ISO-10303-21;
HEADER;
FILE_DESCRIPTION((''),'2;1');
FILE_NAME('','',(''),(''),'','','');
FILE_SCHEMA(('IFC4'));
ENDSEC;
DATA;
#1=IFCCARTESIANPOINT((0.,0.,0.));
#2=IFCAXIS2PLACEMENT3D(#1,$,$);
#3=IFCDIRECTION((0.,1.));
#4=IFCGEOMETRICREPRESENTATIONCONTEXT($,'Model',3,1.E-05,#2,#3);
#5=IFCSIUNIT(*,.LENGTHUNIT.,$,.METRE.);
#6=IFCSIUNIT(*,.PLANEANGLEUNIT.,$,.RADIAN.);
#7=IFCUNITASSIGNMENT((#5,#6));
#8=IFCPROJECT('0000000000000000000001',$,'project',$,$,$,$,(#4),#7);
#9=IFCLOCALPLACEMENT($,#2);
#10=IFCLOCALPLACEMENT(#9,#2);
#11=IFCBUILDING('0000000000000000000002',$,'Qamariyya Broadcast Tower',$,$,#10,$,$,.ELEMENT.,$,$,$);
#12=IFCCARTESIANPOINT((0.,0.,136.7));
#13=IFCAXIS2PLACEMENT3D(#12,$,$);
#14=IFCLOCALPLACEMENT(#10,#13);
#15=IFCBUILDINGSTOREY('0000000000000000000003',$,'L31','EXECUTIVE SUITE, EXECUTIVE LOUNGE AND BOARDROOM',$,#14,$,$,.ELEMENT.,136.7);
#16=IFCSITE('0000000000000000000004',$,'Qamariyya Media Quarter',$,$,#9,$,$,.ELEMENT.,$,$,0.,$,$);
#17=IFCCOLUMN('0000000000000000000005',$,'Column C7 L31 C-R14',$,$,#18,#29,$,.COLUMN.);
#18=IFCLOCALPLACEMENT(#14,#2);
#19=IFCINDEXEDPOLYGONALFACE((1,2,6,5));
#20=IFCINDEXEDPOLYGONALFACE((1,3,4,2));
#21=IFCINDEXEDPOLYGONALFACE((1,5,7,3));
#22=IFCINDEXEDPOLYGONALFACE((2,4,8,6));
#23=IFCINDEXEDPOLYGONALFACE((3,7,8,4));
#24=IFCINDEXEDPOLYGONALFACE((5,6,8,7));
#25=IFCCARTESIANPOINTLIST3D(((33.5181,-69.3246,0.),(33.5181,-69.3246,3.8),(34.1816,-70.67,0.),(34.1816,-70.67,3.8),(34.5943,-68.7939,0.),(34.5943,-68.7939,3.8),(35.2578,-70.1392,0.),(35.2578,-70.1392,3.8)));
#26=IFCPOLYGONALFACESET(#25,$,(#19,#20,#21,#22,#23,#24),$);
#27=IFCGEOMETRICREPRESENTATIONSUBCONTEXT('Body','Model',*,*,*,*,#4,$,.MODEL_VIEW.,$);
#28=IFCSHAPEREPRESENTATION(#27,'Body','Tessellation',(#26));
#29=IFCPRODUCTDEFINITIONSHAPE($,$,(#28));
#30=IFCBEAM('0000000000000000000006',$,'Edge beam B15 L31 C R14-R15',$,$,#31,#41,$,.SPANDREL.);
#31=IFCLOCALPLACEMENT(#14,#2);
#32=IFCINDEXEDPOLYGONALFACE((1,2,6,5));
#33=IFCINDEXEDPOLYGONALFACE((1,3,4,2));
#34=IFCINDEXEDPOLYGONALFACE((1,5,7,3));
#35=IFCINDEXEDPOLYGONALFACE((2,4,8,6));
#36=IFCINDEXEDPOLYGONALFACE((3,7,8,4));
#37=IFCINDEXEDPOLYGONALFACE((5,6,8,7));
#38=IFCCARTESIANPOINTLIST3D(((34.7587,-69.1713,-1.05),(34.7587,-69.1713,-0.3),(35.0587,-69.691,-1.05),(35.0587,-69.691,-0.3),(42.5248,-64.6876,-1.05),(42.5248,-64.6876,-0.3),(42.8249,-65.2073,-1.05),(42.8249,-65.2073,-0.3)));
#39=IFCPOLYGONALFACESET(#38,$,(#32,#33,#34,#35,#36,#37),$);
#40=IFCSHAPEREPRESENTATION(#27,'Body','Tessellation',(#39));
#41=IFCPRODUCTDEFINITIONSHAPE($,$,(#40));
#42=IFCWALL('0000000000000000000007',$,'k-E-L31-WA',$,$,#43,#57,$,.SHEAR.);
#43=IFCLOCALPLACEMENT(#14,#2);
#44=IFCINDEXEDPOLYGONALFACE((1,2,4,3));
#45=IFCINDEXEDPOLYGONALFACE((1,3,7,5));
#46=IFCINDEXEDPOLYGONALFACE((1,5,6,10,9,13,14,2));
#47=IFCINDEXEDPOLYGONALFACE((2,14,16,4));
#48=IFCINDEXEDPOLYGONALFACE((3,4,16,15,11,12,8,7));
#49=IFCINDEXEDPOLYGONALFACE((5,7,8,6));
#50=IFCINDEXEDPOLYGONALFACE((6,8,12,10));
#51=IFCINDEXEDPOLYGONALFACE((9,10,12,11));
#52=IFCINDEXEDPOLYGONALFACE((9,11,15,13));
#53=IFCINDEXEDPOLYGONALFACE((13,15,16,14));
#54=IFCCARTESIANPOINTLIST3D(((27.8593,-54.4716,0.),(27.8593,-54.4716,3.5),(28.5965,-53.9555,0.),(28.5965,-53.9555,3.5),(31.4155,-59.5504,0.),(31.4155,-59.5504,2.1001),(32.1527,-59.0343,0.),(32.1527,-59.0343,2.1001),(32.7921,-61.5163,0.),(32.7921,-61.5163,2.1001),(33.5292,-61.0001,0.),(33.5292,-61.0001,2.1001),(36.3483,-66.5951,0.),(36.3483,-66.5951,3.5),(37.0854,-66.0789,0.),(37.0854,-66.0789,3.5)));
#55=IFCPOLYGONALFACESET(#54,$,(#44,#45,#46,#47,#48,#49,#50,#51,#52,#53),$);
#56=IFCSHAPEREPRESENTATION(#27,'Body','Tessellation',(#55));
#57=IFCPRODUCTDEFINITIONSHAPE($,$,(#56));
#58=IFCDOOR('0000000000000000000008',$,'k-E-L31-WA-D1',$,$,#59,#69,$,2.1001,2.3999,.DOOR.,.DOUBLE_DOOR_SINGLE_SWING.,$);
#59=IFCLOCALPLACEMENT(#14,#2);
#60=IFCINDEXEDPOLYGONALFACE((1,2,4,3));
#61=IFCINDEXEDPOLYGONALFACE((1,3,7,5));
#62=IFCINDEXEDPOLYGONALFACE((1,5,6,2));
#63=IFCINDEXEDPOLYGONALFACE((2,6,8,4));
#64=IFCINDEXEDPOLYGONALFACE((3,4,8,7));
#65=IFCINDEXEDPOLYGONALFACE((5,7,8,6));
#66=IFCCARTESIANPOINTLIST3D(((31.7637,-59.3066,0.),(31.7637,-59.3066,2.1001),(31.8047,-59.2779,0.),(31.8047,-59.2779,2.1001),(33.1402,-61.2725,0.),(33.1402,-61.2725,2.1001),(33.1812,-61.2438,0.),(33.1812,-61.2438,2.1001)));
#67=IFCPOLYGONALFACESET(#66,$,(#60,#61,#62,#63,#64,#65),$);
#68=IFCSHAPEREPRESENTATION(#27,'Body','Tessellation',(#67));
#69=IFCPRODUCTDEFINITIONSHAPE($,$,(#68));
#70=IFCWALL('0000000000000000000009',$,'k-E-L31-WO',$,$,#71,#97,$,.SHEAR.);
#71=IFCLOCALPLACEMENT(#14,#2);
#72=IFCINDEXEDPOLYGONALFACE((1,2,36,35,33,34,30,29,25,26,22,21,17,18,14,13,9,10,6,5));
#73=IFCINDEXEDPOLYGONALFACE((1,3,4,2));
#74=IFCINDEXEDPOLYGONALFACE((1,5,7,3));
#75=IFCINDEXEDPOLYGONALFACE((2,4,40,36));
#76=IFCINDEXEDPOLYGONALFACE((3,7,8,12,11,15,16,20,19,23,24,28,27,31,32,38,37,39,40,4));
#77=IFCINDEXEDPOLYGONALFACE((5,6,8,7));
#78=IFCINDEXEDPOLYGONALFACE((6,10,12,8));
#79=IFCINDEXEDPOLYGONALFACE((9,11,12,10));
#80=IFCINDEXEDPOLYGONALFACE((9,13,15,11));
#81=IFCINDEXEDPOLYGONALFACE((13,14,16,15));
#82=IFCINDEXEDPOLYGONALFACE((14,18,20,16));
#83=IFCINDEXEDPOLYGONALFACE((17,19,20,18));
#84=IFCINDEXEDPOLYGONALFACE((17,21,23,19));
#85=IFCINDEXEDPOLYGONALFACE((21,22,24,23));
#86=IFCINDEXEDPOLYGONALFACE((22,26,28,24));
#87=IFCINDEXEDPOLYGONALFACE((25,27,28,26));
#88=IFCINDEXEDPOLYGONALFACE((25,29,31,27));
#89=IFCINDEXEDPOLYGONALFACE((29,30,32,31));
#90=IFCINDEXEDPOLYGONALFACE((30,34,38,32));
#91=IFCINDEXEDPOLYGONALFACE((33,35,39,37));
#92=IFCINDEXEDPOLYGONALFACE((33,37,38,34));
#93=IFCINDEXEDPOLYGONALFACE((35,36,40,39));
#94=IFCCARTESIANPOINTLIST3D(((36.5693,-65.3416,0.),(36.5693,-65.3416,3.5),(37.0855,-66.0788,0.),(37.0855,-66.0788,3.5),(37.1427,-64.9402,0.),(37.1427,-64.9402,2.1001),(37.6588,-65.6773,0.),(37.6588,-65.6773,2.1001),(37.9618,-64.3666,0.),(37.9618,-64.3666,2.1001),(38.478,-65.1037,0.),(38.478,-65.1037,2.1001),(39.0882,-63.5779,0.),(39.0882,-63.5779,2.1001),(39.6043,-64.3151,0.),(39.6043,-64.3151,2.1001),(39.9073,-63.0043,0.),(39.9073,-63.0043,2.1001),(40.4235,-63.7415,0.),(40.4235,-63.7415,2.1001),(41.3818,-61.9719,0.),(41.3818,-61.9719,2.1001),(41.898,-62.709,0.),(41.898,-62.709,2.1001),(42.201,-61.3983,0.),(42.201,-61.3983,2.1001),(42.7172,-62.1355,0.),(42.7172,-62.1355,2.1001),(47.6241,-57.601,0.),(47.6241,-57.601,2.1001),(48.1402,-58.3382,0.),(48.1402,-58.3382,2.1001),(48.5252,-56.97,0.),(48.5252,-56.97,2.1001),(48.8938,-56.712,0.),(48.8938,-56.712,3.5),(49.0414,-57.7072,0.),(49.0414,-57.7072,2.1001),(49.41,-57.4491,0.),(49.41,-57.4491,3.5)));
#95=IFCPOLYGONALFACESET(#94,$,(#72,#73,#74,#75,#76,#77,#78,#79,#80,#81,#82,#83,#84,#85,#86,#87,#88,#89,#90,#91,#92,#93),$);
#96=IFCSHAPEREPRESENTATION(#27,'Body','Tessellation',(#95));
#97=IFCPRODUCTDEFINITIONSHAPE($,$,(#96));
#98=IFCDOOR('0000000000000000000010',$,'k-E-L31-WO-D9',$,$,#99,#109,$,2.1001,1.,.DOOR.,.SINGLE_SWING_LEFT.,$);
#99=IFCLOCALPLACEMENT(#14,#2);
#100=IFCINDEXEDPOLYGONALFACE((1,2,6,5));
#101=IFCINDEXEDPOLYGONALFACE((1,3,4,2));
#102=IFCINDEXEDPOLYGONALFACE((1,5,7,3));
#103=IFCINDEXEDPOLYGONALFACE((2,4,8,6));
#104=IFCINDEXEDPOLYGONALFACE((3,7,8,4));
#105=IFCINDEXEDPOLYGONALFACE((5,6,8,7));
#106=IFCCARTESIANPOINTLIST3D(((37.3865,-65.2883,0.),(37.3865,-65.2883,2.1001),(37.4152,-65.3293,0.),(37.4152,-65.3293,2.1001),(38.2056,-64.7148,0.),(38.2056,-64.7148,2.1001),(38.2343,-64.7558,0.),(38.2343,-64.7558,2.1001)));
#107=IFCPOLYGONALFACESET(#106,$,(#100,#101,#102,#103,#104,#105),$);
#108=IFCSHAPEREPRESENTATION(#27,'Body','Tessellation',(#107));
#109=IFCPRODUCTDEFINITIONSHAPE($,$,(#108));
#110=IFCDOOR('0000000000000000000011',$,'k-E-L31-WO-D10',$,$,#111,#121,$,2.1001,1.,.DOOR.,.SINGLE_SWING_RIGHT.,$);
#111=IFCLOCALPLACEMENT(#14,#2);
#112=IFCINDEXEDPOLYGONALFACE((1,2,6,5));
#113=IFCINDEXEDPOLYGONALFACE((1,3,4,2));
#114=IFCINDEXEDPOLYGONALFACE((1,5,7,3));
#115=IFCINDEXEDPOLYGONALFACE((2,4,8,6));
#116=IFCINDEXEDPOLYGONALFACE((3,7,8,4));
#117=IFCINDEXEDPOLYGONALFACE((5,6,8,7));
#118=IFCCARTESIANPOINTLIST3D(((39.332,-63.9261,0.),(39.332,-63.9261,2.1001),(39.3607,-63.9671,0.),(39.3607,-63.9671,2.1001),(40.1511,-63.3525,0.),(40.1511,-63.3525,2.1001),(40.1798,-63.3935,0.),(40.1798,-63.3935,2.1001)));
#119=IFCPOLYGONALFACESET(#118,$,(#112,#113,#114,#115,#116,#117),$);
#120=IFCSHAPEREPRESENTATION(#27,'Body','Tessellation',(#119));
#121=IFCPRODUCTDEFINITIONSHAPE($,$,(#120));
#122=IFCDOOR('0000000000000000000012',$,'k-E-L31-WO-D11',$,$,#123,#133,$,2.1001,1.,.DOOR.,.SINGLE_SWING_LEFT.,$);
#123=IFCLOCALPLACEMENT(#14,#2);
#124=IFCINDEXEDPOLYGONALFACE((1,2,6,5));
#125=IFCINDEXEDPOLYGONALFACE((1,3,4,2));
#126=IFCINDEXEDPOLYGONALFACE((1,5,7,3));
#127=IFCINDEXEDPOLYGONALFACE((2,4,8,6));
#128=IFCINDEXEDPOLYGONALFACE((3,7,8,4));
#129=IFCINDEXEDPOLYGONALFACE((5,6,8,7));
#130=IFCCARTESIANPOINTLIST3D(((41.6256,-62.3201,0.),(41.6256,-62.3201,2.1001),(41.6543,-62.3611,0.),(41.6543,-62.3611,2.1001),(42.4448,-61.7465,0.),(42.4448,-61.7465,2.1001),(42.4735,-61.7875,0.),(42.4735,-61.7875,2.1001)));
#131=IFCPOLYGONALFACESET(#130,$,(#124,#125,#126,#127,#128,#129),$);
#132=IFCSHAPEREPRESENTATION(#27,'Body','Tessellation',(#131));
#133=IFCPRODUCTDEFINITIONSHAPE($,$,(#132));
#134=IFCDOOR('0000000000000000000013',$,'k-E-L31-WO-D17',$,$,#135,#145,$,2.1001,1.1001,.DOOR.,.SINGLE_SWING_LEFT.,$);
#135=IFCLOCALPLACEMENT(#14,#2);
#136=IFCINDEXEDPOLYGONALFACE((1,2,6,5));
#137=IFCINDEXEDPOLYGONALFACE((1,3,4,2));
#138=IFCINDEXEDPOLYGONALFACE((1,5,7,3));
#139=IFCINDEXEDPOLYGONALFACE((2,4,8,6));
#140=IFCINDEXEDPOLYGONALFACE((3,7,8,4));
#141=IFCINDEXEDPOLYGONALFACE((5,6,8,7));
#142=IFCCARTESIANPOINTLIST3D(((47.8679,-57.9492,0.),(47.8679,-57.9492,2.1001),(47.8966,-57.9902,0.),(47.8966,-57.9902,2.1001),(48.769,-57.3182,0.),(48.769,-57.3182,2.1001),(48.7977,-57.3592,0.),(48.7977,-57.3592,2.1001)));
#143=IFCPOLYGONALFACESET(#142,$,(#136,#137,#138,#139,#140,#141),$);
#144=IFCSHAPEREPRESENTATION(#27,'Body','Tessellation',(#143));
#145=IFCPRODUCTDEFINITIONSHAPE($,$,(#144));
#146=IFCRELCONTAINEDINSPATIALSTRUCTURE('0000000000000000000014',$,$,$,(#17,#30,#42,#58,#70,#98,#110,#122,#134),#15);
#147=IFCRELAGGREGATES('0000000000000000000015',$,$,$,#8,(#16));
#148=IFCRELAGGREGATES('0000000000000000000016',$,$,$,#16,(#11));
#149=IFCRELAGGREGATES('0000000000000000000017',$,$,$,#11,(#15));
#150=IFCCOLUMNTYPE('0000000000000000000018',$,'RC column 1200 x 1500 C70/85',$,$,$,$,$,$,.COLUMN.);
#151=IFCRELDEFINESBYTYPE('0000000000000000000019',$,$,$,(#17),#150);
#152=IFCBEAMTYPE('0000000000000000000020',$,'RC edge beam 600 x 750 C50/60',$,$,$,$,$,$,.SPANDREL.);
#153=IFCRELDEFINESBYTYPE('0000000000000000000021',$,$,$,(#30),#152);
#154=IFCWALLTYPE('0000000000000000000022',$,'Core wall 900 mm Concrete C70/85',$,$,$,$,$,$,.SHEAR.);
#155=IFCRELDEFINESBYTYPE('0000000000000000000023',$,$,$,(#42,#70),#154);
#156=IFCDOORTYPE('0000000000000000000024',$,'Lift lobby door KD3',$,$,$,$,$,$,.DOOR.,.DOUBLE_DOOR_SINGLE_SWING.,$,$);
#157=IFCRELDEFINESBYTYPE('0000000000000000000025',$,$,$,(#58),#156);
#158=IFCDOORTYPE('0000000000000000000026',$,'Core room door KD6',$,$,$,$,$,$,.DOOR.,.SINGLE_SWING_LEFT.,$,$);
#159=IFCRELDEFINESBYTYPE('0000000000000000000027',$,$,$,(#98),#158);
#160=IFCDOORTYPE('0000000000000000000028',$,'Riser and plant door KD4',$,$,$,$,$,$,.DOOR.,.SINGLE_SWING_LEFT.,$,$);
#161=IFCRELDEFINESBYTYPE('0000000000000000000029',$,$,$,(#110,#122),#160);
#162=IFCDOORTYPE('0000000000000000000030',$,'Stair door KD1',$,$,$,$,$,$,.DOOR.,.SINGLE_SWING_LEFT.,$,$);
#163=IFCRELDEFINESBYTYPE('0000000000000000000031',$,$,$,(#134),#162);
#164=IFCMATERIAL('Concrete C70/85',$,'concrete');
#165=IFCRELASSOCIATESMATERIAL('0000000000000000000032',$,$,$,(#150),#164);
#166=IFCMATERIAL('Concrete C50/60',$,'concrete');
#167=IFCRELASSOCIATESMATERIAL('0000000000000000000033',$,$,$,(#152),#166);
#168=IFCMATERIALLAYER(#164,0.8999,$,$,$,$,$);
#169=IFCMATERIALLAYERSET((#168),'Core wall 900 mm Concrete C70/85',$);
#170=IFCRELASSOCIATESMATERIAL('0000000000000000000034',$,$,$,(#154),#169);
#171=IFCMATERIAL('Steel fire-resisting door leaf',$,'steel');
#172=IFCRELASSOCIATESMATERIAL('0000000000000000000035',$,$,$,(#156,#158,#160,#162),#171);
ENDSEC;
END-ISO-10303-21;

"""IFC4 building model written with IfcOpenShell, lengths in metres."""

from ifc_helpers import new_model, si_unit, direction, frame, frame_2d, origin, origin_2d, place, context, subcontext, project, spatial, rectangle, extrude, material, layer, layer_set, material_profile, profile_set, type_object, element, fill, save


model = new_model("IFC4")

# Units and contexts
model_context = context("Model", 3, precision=1e-05, world=origin(), true_north=direction((0.0, 1.0)))
body_context = subcontext(model_context, "Body", "Model", "MODEL_VIEW")
ifc_project = project(units=[si_unit("LENGTHUNIT", "METRE"), si_unit("PLANEANGLEUNIT", "RADIAN")], contexts=[model_context])

# Site, building, storey
site_placement = place(None, origin())
site = spatial("IfcSite", under=ifc_project, at=site_placement, Name="Qamariyya Media Quarter", CompositionType="ELEMENT", RefElevation=0.0)
building_placement = place(site_placement, origin())
building = spatial("IfcBuilding", under=site, at=building_placement, Name="Qamariyya Broadcast Tower", CompositionType="ELEMENT")
storey_placement = place(building_placement, frame((0.0, 0.0, 136.7)))
storey = spatial("IfcBuildingStorey", under=building, at=storey_placement, Name="L31", Description="EXECUTIVE SUITE, EXECUTIVE LOUNGE AND BOARDROOM", CompositionType="ELEMENT", Elevation=136.7)

# Column
ifc_material_1 = material(Name="Concrete C70/85", Category="concrete")
ifc_material_profile_1 = material_profile(ifc_material_1, rectangle(XDim=1.2, YDim=1.5, at=origin_2d()))
ifc_profile_set_1 = profile_set([ifc_material_profile_1], Name="Concrete C70/85")
column_type = type_object("IfcColumnType", Name="RC column 1200 x 1500 C70/85", PredefinedType="COLUMN", material=ifc_profile_set_1)
column_placement = place(storey_placement, frame((34.3879, -69.7319, 0.0), z_axis=(0.0, 0.0, 1.0), x_axis=(0.896873, 0.442289, 0.0)))
element("IfcColumn", 1, at=column_placement, inside=storey, type_object=column_type, Name="Column C7 L31 C-R14", PredefinedType="COLUMN", context=body_context, shape_type="SweptSolid", body=[
    extrude(rectangle(XDim=1.2, YDim=1.5, at=origin_2d()), origin(), (0.0, 0.0, 1.0), 3.8),
])

# Beam
ifc_material_2 = material(Name="Concrete C50/60", Category="concrete")
ifc_material_profile_2 = material_profile(ifc_material_2, rectangle(XDim=0.6001, YDim=0.75, at=origin_2d()))
ifc_profile_set_2 = profile_set([ifc_material_profile_2], Name="Concrete C50/60")
beam_type = type_object("IfcBeamType", Name="RC edge beam 600 x 750 C50/60", PredefinedType="SPANDREL", material=ifc_profile_set_2)
beam_placement = place(storey_placement, frame((34.9087, -69.4312, -0.675), z_axis=(0.866031, 0.49999, 0.0), x_axis=(-0.49999, 0.866031, 0.0)))
element("IfcBeam", 2, at=beam_placement, inside=storey, type_object=beam_type, Name="Edge beam B15 L31 C R14-R15", PredefinedType="SPANDREL", context=body_context, shape_type="SweptSolid", body=[
    extrude(rectangle(XDim=0.6001, YDim=0.75, at=origin_2d()), origin(), (0.0, 0.0, 1.0), 8.9675),
])

# Wall, opening, door
ifc_layer_1 = layer(ifc_material_1, 0.8999)
ifc_layer_set_1 = layer_set([ifc_layer_1], Name="Core wall 900 mm Concrete C70/85")
wall_type_1 = type_object("IfcWallType", Name="Core wall 900 mm Concrete C70/85", PredefinedType="SHEAR", material=ifc_layer_set_1)
wall_1_placement = place(storey_placement, frame((36.7168, -66.3369, 0.0), z_axis=(0.0, 0.0, 1.0), x_axis=(-0.573577, 0.819151, 0.0)))
wall_1 = element("IfcWall", 3, at=wall_1_placement, inside=storey, type_object=wall_type_1, Name="k-E-L31-WA", PredefinedType="SHEAR", context=body_context, shape_type="SweptSolid", body=[
    extrude(rectangle(XDim=14.8, YDim=0.8999, at=frame_2d((7.3999, 0.0))), origin(), (0.0, 0.0, 1.0), 3.5),
])
opening_1_placement = place(wall_1_placement, frame((6.2, 0.0, 0.0)))
opening_1 = element("IfcOpeningElement", 4, at=opening_1_placement, cuts=wall_1, PredefinedType="OPENING", context=body_context, shape_type="SweptSolid", body=[
    extrude(rectangle(XDim=2.3999, YDim=2.1001, at=frame_2d((1.2, 1.05))), frame((0.0, 0.46, 0.0), z_axis=(0.0, -1.0, 0.0), x_axis=(1.0, 0.0, 0.0)), (0.0, 0.0, 1.0), 0.9199),
])
ifc_material_3 = material(Name="Steel fire-resisting door leaf", Category="steel")
door_type_1 = type_object("IfcDoorType", Name="Lift lobby door KD3", OperationType="DOUBLE_DOOR_SINGLE_SWING", PredefinedType="DOOR", material=ifc_material_3)
door_1_placement = place(opening_1_placement, origin())
door_1 = element("IfcDoor", 5, at=door_1_placement, inside=storey, type_object=door_type_1, Name="k-E-L31-WA-D1", OperationType="DOUBLE_DOOR_SINGLE_SWING", OverallHeight=2.1001, OverallWidth=2.3999, PredefinedType="DOOR", context=body_context, shape_type="SweptSolid", body=[
    extrude(rectangle(XDim=2.3999, YDim=2.1001, at=frame_2d((1.2, 1.05))), frame((0.0, 0.0249, 0.0), z_axis=(0.0, -1.0, 0.0), x_axis=(1.0, 0.0, 0.0)), (0.0, 0.0, 1.0), 0.05),
])
fill(opening_1, door_1)

# Wall, openings, doors
wall_2_placement = place(storey_placement, frame((36.8274, -65.7102, 0.0), z_axis=(0.0, 0.0, 1.0), x_axis=(0.819153, 0.573575, 0.0)))
wall_2 = element("IfcWall", 6, at=wall_2_placement, inside=storey, type_object=wall_type_1, Name="k-E-L31-WO", PredefinedType="SHEAR", context=body_context, shape_type="SweptSolid", body=[
    extrude(rectangle(XDim=15.0454, YDim=0.8999, at=frame_2d((7.5227, 0.0))), origin(), (0.0, 0.0, 1.0), 3.5),
])
opening_2_placement = place(wall_2_placement, frame((0.7, 0.0, 0.0)))
opening_2 = element("IfcOpeningElement", 7, at=opening_2_placement, cuts=wall_2, PredefinedType="OPENING", context=body_context, shape_type="SweptSolid", body=[
    extrude(rectangle(XDim=1.0, YDim=2.1001, at=frame_2d((0.5, 1.05))), frame((0.0, 0.46, 0.0), z_axis=(0.0, -1.0, 0.0), x_axis=(1.0, 0.0, 0.0)), (0.0, 0.0, 1.0), 0.9199),
])
opening_3_placement = place(wall_2_placement, frame((3.075, 0.0, 0.0)))
opening_3 = element("IfcOpeningElement", 8, at=opening_3_placement, cuts=wall_2, PredefinedType="OPENING", context=body_context, shape_type="SweptSolid", body=[
    extrude(rectangle(XDim=1.0, YDim=2.1001, at=frame_2d((0.5, 1.05))), frame((0.0, 0.46, 0.0), z_axis=(0.0, -1.0, 0.0), x_axis=(1.0, 0.0, 0.0)), (0.0, 0.0, 1.0), 0.9199),
])
opening_4_placement = place(wall_2_placement, frame((5.875, 0.0, 0.0)))
opening_4 = element("IfcOpeningElement", 9, at=opening_4_placement, cuts=wall_2, PredefinedType="OPENING", context=body_context, shape_type="SweptSolid", body=[
    extrude(rectangle(XDim=1.0, YDim=2.1001, at=frame_2d((0.5, 1.05))), frame((0.0, 0.46, 0.0), z_axis=(0.0, -1.0, 0.0), x_axis=(1.0, 0.0, 0.0)), (0.0, 0.0, 1.0), 0.9199),
])
opening_5_placement = place(wall_2_placement, frame((13.4954, 0.0, 0.0)))
opening_5 = element("IfcOpeningElement", 10, at=opening_5_placement, cuts=wall_2, PredefinedType="OPENING", context=body_context, shape_type="SweptSolid", body=[
    extrude(rectangle(XDim=1.1001, YDim=2.1001, at=frame_2d((0.55, 1.05))), frame((0.0, 0.46, 0.0), z_axis=(0.0, -1.0, 0.0), x_axis=(1.0, 0.0, 0.0)), (0.0, 0.0, 1.0), 0.9199),
])
door_type_2 = type_object("IfcDoorType", Name="Core room door KD6", OperationType="SINGLE_SWING_LEFT", PredefinedType="DOOR", material=ifc_material_3)
door_2_placement = place(opening_2_placement, origin())
door_2 = element("IfcDoor", 11, at=door_2_placement, inside=storey, type_object=door_type_2, Name="k-E-L31-WO-D9", OperationType="SINGLE_SWING_LEFT", OverallHeight=2.1001, OverallWidth=1.0, PredefinedType="DOOR", context=body_context, shape_type="SweptSolid", body=[
    extrude(rectangle(XDim=1.0, YDim=2.1001, at=frame_2d((0.5, 1.05))), frame((0.0, 0.0249, 0.0), z_axis=(0.0, -1.0, 0.0), x_axis=(1.0, 0.0, 0.0)), (0.0, 0.0, 1.0), 0.05),
])
fill(opening_2, door_2)
door_type_3 = type_object("IfcDoorType", Name="Riser and plant door KD4", OperationType="SINGLE_SWING_LEFT", PredefinedType="DOOR", material=ifc_material_3)
door_3_placement = place(opening_3_placement, origin())
door_3 = element("IfcDoor", 12, at=door_3_placement, inside=storey, type_object=door_type_3, Name="k-E-L31-WO-D10", OperationType="SINGLE_SWING_RIGHT", OverallHeight=2.1001, OverallWidth=1.0, PredefinedType="DOOR", context=body_context, shape_type="SweptSolid", body=[
    extrude(rectangle(XDim=1.0, YDim=2.1001, at=frame_2d((0.5, 1.05))), frame((0.0, 0.0249, 0.0), z_axis=(0.0, -1.0, 0.0), x_axis=(1.0, 0.0, 0.0)), (0.0, 0.0, 1.0), 0.05),
])
fill(opening_3, door_3)
door_4_placement = place(opening_4_placement, origin())
door_4 = element("IfcDoor", 13, at=door_4_placement, inside=storey, type_object=door_type_3, Name="k-E-L31-WO-D11", OperationType="SINGLE_SWING_LEFT", OverallHeight=2.1001, OverallWidth=1.0, PredefinedType="DOOR", context=body_context, shape_type="SweptSolid", body=[
    extrude(rectangle(XDim=1.0, YDim=2.1001, at=frame_2d((0.5, 1.05))), frame((0.0, 0.0249, 0.0), z_axis=(0.0, -1.0, 0.0), x_axis=(1.0, 0.0, 0.0)), (0.0, 0.0, 1.0), 0.05),
])
fill(opening_4, door_4)
door_type_4 = type_object("IfcDoorType", Name="Stair door KD1", OperationType="SINGLE_SWING_LEFT", PredefinedType="DOOR", material=ifc_material_3)
door_5_placement = place(opening_5_placement, origin())
door_5 = element("IfcDoor", 14, at=door_5_placement, inside=storey, type_object=door_type_4, Name="k-E-L31-WO-D17", OperationType="SINGLE_SWING_LEFT", OverallHeight=2.1001, OverallWidth=1.1001, PredefinedType="DOOR", context=body_context, shape_type="SweptSolid", body=[
    extrude(rectangle(XDim=1.1001, YDim=2.1001, at=frame_2d((0.55, 1.05))), frame((0.0, 0.0249, 0.0), z_axis=(0.0, -1.0, 0.0), x_axis=(1.0, 0.0, 0.0)), (0.0, 0.0, 1.0), 0.05),
])
fill(opening_5, door_5)

save(model, "model.ifc")
